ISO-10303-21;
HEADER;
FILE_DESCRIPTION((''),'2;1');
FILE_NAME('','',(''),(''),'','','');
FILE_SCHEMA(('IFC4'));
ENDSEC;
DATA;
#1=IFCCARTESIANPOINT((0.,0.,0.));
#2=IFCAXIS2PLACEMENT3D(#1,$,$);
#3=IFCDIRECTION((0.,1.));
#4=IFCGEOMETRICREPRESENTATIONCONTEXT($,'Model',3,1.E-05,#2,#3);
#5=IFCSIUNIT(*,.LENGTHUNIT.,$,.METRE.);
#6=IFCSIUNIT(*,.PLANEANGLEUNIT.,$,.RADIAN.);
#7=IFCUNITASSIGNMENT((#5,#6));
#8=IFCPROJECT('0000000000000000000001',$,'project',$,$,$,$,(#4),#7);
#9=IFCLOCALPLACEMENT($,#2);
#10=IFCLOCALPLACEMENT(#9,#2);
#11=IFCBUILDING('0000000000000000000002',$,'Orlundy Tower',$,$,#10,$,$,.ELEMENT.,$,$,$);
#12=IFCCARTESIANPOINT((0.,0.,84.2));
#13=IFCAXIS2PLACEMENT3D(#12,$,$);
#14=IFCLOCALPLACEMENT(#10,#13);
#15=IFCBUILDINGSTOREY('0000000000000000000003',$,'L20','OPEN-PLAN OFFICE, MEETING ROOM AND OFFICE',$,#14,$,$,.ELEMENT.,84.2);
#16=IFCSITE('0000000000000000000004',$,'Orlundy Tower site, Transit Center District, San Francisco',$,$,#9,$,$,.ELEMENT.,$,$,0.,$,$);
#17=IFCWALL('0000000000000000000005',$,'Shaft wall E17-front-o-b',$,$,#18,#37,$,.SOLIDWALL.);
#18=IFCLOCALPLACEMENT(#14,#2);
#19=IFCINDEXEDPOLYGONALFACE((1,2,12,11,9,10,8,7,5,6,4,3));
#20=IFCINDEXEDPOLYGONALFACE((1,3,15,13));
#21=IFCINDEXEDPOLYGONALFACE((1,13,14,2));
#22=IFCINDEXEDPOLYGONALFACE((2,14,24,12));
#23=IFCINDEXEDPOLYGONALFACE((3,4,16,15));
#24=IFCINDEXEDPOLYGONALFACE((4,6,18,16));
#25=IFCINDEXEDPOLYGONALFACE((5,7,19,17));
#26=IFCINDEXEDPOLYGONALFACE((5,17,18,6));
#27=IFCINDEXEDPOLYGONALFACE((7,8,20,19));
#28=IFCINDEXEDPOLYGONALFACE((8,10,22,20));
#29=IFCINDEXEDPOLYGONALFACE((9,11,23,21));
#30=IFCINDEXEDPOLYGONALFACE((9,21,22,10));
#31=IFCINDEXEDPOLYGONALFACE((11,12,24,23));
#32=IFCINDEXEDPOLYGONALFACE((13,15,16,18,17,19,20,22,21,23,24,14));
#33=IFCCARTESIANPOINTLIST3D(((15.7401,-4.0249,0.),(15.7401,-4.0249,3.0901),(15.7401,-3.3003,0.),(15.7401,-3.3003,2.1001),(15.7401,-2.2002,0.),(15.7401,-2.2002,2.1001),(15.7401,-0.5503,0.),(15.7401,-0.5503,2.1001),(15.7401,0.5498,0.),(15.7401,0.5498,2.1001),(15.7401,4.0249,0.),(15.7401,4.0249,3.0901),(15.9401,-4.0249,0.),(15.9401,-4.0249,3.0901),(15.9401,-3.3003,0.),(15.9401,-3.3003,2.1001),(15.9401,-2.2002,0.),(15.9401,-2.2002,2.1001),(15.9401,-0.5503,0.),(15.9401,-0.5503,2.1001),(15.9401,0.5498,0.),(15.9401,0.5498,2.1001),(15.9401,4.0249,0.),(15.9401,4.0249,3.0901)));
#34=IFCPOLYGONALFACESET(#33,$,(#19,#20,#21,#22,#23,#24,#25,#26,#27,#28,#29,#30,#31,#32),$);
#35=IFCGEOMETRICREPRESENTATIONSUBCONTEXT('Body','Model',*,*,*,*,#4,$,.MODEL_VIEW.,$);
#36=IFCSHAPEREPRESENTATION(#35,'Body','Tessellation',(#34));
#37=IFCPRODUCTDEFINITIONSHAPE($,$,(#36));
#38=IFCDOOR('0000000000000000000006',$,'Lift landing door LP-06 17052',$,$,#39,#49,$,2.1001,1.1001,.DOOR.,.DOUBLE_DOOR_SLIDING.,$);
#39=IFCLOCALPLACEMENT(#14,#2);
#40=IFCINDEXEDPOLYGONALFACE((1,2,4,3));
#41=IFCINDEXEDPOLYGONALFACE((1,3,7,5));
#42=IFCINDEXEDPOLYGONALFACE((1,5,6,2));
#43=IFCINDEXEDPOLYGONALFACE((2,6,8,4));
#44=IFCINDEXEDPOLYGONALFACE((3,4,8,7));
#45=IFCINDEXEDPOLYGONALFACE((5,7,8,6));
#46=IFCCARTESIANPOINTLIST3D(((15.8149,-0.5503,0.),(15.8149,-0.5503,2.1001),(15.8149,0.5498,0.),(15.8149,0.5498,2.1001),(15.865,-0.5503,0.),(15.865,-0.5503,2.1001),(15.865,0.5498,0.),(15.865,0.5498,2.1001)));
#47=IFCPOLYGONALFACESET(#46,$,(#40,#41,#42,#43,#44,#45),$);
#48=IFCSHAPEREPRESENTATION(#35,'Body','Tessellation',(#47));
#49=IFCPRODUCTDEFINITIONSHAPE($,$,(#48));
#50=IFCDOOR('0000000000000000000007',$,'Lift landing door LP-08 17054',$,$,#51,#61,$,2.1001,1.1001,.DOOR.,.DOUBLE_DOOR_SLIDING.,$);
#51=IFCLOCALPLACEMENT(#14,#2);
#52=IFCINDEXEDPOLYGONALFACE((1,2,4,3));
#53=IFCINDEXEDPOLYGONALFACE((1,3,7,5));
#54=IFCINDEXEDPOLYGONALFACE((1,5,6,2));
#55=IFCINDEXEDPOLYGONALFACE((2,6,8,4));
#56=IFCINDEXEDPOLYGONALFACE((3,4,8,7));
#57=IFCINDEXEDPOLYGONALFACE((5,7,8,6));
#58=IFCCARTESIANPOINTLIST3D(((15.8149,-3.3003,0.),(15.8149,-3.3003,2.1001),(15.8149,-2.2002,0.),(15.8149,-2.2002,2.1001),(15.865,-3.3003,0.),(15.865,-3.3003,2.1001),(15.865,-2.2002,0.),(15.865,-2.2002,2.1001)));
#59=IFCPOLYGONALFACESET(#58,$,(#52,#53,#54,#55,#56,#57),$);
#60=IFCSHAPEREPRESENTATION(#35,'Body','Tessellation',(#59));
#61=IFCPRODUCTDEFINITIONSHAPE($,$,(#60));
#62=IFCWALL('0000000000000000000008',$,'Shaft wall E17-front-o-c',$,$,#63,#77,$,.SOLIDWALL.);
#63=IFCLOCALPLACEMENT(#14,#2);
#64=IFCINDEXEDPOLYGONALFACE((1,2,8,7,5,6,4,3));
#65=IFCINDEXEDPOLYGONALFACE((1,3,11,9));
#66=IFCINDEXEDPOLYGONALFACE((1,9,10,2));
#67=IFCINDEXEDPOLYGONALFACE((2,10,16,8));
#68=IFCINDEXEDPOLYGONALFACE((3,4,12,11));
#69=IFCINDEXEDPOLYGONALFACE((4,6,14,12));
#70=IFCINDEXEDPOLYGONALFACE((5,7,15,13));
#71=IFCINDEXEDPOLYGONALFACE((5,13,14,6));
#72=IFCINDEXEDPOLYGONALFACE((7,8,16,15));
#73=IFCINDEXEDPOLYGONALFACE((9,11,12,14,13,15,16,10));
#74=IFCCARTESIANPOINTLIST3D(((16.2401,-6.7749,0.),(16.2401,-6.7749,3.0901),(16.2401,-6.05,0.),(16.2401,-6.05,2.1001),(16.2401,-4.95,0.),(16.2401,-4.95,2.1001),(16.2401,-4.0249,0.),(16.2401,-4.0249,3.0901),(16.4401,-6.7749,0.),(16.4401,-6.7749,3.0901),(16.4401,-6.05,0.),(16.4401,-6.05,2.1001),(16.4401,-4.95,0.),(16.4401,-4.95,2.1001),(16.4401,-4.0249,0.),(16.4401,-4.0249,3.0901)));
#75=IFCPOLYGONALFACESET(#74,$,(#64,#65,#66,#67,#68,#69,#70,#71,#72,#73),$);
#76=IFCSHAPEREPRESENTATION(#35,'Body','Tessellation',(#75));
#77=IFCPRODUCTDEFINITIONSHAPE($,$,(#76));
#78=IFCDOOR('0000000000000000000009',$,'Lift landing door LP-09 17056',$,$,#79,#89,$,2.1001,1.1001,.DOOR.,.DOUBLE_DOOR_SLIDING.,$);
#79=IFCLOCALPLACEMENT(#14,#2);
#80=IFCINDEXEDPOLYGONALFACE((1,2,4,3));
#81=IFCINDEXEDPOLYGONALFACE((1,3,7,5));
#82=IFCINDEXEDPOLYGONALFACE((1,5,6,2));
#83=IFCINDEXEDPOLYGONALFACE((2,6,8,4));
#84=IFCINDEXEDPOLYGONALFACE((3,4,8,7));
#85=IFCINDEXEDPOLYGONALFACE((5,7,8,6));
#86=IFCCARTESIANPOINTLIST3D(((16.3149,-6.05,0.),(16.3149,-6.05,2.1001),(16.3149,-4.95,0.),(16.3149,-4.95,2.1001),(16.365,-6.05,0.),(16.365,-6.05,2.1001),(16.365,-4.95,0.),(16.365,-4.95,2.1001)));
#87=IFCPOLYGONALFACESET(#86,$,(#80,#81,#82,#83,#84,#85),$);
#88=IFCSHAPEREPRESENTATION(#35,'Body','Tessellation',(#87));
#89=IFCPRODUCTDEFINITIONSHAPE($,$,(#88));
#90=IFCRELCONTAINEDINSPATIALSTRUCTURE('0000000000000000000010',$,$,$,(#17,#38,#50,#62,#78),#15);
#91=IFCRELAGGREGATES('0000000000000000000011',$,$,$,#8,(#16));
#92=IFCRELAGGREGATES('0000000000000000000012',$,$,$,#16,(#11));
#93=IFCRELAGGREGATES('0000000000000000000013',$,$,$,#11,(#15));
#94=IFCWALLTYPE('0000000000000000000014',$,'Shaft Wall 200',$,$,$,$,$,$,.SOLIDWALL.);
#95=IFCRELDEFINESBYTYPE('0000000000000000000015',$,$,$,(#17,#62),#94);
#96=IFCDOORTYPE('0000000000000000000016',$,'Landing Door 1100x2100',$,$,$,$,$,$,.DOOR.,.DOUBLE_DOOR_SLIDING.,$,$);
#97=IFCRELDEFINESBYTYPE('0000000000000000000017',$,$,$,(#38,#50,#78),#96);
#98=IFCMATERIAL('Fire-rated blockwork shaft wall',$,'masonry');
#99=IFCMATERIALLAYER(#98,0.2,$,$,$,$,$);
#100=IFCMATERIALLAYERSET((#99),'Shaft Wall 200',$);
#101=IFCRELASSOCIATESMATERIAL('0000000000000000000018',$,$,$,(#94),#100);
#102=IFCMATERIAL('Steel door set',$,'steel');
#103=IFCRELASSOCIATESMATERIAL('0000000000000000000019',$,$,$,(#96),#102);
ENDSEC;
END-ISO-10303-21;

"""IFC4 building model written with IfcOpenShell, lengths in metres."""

from ifc_helpers import new_model, si_unit, direction, frame, frame_2d, origin, place, context, subcontext, project, spatial, rectangle, extrude, material, layer, layer_set, type_object, element, fill, save


model = new_model("IFC4")

# Units and contexts
model_context = context("Model", 3, precision=1e-05, world=origin(), true_north=direction((0.0, 1.0)))
body_context = subcontext(model_context, "Body", "Model", "MODEL_VIEW")
ifc_project = project(units=[si_unit("LENGTHUNIT", "METRE"), si_unit("PLANEANGLEUNIT", "RADIAN")], contexts=[model_context])

# Site, building, storey
site_placement = place(None, origin())
site = spatial("IfcSite", under=ifc_project, at=site_placement, Name="Orlundy Tower site, Transit Center District, San Francisco", CompositionType="ELEMENT", RefElevation=0.0)
building_placement = place(site_placement, origin())
building = spatial("IfcBuilding", under=site, at=building_placement, Name="Orlundy Tower", CompositionType="ELEMENT")
storey_placement = place(building_placement, frame((0.0, 0.0, 84.2)))
storey = spatial("IfcBuildingStorey", under=building, at=storey_placement, Name="L20", Description="OPEN-PLAN OFFICE, MEETING ROOM AND OFFICE", CompositionType="ELEMENT", Elevation=84.2)

# Shared definitions
ifc_material_1 = material(Name="Fire-rated blockwork shaft wall", Category="masonry")
ifc_layer = layer(ifc_material_1, 0.2)
ifc_layer_set = layer_set([ifc_layer], Name="Shaft Wall 200")
wall_type = type_object("IfcWallType", Name="Shaft Wall 200", PredefinedType="SOLIDWALL", material=ifc_layer_set)

# Shared definitions
ifc_material_2 = material(Name="Steel door set", Category="steel")
door_type = type_object("IfcDoorType", Name="Landing Door 1100x2100", OperationType="DOUBLE_DOOR_SLIDING", PredefinedType="DOOR", material=ifc_material_2)

# Wall, openings, doors
wall_1_placement = place(storey_placement, frame((15.8401, 4.0249, 0.0), z_axis=(0.0, 0.0, 1.0), x_axis=(0.0, -1.0, 0.0)))
wall_1 = element("IfcWall", 1, at=wall_1_placement, inside=storey, type_object=wall_type, Name="Shaft wall E17-front-o-b", PredefinedType="SOLIDWALL", context=body_context, shape_type="SweptSolid", body=[
    extrude(rectangle(XDim=8.0498, YDim=0.2, at=frame_2d((4.0249, 0.0))), origin(), (0.0, 0.0, 1.0), 3.0901),
])
opening_1_placement = place(wall_1_placement, frame((3.4751, 0.0, 0.0)))
opening_1 = element("IfcOpeningElement", 2, at=opening_1_placement, cuts=wall_1, PredefinedType="OPENING", context=body_context, shape_type="SweptSolid", body=[
    extrude(rectangle(XDim=1.1001, YDim=2.1001, at=frame_2d((0.55, 1.05))), frame((0.0, 0.1101, 0.0), z_axis=(0.0, -1.0, 0.0), x_axis=(1.0, 0.0, 0.0)), (0.0, 0.0, 1.0), 0.2202),
])
opening_2_placement = place(wall_1_placement, frame((6.2251, 0.0, 0.0)))
opening_2 = element("IfcOpeningElement", 3, at=opening_2_placement, cuts=wall_1, PredefinedType="OPENING", context=body_context, shape_type="SweptSolid", body=[
    extrude(rectangle(XDim=1.1001, YDim=2.1001, at=frame_2d((0.55, 1.05))), frame((0.0, 0.1101, 0.0), z_axis=(0.0, -1.0, 0.0), x_axis=(1.0, 0.0, 0.0)), (0.0, 0.0, 1.0), 0.2202),
])
door_1_placement = place(opening_1_placement, origin())
door_1 = element("IfcDoor", 4, at=door_1_placement, inside=storey, type_object=door_type, Name="Lift landing door LP-06 17052", OperationType="DOUBLE_DOOR_SLIDING", OverallHeight=2.1001, OverallWidth=1.1001, PredefinedType="DOOR", context=body_context, shape_type="SweptSolid", body=[
    extrude(rectangle(XDim=1.1001, YDim=2.1001, at=frame_2d((0.55, 1.05))), frame((0.0, 0.0249, 0.0), z_axis=(0.0, -1.0, 0.0), x_axis=(1.0, 0.0, 0.0)), (0.0, 0.0, 1.0), 0.05),
])
fill(opening_1, door_1)
door_2_placement = place(opening_2_placement, origin())
door_2 = element("IfcDoor", 5, at=door_2_placement, inside=storey, type_object=door_type, Name="Lift landing door LP-08 17054", OperationType="DOUBLE_DOOR_SLIDING", OverallHeight=2.1001, OverallWidth=1.1001, PredefinedType="DOOR", context=body_context, shape_type="SweptSolid", body=[
    extrude(rectangle(XDim=1.1001, YDim=2.1001, at=frame_2d((0.55, 1.05))), frame((0.0, 0.0249, 0.0), z_axis=(0.0, -1.0, 0.0), x_axis=(1.0, 0.0, 0.0)), (0.0, 0.0, 1.0), 0.05),
])
fill(opening_2, door_2)

# Wall, opening, door
wall_2_placement = place(storey_placement, frame((16.3401, -4.0249, 0.0), z_axis=(0.0, 0.0, 1.0), x_axis=(0.0, -1.0, 0.0)))
wall_2 = element("IfcWall", 6, at=wall_2_placement, inside=storey, type_object=wall_type, Name="Shaft wall E17-front-o-c", PredefinedType="SOLIDWALL", context=body_context, shape_type="SweptSolid", body=[
    extrude(rectangle(XDim=2.75, YDim=0.2, at=frame_2d((1.375, 0.0))), origin(), (0.0, 0.0, 1.0), 3.0901),
])
opening_3_placement = place(wall_2_placement, frame((0.925, 0.0, 0.0)))
opening_3 = element("IfcOpeningElement", 7, at=opening_3_placement, cuts=wall_2, PredefinedType="OPENING", context=body_context, shape_type="SweptSolid", body=[
    extrude(rectangle(XDim=1.1001, YDim=2.1001, at=frame_2d((0.55, 1.05))), frame((0.0, 0.1101, 0.0), z_axis=(0.0, -1.0, 0.0), x_axis=(1.0, 0.0, 0.0)), (0.0, 0.0, 1.0), 0.2202),
])
door_3_placement = place(opening_3_placement, origin())
door_3 = element("IfcDoor", 8, at=door_3_placement, inside=storey, type_object=door_type, Name="Lift landing door LP-09 17056", OperationType="DOUBLE_DOOR_SLIDING", OverallHeight=2.1001, OverallWidth=1.1001, PredefinedType="DOOR", context=body_context, shape_type="SweptSolid", body=[
    extrude(rectangle(XDim=1.1001, YDim=2.1001, at=frame_2d((0.55, 1.05))), frame((0.0, 0.0249, 0.0), z_axis=(0.0, -1.0, 0.0), x_axis=(1.0, 0.0, 0.0)), (0.0, 0.0, 1.0), 0.05),
])
fill(opening_3, door_3)

save(model, "model.ifc")
